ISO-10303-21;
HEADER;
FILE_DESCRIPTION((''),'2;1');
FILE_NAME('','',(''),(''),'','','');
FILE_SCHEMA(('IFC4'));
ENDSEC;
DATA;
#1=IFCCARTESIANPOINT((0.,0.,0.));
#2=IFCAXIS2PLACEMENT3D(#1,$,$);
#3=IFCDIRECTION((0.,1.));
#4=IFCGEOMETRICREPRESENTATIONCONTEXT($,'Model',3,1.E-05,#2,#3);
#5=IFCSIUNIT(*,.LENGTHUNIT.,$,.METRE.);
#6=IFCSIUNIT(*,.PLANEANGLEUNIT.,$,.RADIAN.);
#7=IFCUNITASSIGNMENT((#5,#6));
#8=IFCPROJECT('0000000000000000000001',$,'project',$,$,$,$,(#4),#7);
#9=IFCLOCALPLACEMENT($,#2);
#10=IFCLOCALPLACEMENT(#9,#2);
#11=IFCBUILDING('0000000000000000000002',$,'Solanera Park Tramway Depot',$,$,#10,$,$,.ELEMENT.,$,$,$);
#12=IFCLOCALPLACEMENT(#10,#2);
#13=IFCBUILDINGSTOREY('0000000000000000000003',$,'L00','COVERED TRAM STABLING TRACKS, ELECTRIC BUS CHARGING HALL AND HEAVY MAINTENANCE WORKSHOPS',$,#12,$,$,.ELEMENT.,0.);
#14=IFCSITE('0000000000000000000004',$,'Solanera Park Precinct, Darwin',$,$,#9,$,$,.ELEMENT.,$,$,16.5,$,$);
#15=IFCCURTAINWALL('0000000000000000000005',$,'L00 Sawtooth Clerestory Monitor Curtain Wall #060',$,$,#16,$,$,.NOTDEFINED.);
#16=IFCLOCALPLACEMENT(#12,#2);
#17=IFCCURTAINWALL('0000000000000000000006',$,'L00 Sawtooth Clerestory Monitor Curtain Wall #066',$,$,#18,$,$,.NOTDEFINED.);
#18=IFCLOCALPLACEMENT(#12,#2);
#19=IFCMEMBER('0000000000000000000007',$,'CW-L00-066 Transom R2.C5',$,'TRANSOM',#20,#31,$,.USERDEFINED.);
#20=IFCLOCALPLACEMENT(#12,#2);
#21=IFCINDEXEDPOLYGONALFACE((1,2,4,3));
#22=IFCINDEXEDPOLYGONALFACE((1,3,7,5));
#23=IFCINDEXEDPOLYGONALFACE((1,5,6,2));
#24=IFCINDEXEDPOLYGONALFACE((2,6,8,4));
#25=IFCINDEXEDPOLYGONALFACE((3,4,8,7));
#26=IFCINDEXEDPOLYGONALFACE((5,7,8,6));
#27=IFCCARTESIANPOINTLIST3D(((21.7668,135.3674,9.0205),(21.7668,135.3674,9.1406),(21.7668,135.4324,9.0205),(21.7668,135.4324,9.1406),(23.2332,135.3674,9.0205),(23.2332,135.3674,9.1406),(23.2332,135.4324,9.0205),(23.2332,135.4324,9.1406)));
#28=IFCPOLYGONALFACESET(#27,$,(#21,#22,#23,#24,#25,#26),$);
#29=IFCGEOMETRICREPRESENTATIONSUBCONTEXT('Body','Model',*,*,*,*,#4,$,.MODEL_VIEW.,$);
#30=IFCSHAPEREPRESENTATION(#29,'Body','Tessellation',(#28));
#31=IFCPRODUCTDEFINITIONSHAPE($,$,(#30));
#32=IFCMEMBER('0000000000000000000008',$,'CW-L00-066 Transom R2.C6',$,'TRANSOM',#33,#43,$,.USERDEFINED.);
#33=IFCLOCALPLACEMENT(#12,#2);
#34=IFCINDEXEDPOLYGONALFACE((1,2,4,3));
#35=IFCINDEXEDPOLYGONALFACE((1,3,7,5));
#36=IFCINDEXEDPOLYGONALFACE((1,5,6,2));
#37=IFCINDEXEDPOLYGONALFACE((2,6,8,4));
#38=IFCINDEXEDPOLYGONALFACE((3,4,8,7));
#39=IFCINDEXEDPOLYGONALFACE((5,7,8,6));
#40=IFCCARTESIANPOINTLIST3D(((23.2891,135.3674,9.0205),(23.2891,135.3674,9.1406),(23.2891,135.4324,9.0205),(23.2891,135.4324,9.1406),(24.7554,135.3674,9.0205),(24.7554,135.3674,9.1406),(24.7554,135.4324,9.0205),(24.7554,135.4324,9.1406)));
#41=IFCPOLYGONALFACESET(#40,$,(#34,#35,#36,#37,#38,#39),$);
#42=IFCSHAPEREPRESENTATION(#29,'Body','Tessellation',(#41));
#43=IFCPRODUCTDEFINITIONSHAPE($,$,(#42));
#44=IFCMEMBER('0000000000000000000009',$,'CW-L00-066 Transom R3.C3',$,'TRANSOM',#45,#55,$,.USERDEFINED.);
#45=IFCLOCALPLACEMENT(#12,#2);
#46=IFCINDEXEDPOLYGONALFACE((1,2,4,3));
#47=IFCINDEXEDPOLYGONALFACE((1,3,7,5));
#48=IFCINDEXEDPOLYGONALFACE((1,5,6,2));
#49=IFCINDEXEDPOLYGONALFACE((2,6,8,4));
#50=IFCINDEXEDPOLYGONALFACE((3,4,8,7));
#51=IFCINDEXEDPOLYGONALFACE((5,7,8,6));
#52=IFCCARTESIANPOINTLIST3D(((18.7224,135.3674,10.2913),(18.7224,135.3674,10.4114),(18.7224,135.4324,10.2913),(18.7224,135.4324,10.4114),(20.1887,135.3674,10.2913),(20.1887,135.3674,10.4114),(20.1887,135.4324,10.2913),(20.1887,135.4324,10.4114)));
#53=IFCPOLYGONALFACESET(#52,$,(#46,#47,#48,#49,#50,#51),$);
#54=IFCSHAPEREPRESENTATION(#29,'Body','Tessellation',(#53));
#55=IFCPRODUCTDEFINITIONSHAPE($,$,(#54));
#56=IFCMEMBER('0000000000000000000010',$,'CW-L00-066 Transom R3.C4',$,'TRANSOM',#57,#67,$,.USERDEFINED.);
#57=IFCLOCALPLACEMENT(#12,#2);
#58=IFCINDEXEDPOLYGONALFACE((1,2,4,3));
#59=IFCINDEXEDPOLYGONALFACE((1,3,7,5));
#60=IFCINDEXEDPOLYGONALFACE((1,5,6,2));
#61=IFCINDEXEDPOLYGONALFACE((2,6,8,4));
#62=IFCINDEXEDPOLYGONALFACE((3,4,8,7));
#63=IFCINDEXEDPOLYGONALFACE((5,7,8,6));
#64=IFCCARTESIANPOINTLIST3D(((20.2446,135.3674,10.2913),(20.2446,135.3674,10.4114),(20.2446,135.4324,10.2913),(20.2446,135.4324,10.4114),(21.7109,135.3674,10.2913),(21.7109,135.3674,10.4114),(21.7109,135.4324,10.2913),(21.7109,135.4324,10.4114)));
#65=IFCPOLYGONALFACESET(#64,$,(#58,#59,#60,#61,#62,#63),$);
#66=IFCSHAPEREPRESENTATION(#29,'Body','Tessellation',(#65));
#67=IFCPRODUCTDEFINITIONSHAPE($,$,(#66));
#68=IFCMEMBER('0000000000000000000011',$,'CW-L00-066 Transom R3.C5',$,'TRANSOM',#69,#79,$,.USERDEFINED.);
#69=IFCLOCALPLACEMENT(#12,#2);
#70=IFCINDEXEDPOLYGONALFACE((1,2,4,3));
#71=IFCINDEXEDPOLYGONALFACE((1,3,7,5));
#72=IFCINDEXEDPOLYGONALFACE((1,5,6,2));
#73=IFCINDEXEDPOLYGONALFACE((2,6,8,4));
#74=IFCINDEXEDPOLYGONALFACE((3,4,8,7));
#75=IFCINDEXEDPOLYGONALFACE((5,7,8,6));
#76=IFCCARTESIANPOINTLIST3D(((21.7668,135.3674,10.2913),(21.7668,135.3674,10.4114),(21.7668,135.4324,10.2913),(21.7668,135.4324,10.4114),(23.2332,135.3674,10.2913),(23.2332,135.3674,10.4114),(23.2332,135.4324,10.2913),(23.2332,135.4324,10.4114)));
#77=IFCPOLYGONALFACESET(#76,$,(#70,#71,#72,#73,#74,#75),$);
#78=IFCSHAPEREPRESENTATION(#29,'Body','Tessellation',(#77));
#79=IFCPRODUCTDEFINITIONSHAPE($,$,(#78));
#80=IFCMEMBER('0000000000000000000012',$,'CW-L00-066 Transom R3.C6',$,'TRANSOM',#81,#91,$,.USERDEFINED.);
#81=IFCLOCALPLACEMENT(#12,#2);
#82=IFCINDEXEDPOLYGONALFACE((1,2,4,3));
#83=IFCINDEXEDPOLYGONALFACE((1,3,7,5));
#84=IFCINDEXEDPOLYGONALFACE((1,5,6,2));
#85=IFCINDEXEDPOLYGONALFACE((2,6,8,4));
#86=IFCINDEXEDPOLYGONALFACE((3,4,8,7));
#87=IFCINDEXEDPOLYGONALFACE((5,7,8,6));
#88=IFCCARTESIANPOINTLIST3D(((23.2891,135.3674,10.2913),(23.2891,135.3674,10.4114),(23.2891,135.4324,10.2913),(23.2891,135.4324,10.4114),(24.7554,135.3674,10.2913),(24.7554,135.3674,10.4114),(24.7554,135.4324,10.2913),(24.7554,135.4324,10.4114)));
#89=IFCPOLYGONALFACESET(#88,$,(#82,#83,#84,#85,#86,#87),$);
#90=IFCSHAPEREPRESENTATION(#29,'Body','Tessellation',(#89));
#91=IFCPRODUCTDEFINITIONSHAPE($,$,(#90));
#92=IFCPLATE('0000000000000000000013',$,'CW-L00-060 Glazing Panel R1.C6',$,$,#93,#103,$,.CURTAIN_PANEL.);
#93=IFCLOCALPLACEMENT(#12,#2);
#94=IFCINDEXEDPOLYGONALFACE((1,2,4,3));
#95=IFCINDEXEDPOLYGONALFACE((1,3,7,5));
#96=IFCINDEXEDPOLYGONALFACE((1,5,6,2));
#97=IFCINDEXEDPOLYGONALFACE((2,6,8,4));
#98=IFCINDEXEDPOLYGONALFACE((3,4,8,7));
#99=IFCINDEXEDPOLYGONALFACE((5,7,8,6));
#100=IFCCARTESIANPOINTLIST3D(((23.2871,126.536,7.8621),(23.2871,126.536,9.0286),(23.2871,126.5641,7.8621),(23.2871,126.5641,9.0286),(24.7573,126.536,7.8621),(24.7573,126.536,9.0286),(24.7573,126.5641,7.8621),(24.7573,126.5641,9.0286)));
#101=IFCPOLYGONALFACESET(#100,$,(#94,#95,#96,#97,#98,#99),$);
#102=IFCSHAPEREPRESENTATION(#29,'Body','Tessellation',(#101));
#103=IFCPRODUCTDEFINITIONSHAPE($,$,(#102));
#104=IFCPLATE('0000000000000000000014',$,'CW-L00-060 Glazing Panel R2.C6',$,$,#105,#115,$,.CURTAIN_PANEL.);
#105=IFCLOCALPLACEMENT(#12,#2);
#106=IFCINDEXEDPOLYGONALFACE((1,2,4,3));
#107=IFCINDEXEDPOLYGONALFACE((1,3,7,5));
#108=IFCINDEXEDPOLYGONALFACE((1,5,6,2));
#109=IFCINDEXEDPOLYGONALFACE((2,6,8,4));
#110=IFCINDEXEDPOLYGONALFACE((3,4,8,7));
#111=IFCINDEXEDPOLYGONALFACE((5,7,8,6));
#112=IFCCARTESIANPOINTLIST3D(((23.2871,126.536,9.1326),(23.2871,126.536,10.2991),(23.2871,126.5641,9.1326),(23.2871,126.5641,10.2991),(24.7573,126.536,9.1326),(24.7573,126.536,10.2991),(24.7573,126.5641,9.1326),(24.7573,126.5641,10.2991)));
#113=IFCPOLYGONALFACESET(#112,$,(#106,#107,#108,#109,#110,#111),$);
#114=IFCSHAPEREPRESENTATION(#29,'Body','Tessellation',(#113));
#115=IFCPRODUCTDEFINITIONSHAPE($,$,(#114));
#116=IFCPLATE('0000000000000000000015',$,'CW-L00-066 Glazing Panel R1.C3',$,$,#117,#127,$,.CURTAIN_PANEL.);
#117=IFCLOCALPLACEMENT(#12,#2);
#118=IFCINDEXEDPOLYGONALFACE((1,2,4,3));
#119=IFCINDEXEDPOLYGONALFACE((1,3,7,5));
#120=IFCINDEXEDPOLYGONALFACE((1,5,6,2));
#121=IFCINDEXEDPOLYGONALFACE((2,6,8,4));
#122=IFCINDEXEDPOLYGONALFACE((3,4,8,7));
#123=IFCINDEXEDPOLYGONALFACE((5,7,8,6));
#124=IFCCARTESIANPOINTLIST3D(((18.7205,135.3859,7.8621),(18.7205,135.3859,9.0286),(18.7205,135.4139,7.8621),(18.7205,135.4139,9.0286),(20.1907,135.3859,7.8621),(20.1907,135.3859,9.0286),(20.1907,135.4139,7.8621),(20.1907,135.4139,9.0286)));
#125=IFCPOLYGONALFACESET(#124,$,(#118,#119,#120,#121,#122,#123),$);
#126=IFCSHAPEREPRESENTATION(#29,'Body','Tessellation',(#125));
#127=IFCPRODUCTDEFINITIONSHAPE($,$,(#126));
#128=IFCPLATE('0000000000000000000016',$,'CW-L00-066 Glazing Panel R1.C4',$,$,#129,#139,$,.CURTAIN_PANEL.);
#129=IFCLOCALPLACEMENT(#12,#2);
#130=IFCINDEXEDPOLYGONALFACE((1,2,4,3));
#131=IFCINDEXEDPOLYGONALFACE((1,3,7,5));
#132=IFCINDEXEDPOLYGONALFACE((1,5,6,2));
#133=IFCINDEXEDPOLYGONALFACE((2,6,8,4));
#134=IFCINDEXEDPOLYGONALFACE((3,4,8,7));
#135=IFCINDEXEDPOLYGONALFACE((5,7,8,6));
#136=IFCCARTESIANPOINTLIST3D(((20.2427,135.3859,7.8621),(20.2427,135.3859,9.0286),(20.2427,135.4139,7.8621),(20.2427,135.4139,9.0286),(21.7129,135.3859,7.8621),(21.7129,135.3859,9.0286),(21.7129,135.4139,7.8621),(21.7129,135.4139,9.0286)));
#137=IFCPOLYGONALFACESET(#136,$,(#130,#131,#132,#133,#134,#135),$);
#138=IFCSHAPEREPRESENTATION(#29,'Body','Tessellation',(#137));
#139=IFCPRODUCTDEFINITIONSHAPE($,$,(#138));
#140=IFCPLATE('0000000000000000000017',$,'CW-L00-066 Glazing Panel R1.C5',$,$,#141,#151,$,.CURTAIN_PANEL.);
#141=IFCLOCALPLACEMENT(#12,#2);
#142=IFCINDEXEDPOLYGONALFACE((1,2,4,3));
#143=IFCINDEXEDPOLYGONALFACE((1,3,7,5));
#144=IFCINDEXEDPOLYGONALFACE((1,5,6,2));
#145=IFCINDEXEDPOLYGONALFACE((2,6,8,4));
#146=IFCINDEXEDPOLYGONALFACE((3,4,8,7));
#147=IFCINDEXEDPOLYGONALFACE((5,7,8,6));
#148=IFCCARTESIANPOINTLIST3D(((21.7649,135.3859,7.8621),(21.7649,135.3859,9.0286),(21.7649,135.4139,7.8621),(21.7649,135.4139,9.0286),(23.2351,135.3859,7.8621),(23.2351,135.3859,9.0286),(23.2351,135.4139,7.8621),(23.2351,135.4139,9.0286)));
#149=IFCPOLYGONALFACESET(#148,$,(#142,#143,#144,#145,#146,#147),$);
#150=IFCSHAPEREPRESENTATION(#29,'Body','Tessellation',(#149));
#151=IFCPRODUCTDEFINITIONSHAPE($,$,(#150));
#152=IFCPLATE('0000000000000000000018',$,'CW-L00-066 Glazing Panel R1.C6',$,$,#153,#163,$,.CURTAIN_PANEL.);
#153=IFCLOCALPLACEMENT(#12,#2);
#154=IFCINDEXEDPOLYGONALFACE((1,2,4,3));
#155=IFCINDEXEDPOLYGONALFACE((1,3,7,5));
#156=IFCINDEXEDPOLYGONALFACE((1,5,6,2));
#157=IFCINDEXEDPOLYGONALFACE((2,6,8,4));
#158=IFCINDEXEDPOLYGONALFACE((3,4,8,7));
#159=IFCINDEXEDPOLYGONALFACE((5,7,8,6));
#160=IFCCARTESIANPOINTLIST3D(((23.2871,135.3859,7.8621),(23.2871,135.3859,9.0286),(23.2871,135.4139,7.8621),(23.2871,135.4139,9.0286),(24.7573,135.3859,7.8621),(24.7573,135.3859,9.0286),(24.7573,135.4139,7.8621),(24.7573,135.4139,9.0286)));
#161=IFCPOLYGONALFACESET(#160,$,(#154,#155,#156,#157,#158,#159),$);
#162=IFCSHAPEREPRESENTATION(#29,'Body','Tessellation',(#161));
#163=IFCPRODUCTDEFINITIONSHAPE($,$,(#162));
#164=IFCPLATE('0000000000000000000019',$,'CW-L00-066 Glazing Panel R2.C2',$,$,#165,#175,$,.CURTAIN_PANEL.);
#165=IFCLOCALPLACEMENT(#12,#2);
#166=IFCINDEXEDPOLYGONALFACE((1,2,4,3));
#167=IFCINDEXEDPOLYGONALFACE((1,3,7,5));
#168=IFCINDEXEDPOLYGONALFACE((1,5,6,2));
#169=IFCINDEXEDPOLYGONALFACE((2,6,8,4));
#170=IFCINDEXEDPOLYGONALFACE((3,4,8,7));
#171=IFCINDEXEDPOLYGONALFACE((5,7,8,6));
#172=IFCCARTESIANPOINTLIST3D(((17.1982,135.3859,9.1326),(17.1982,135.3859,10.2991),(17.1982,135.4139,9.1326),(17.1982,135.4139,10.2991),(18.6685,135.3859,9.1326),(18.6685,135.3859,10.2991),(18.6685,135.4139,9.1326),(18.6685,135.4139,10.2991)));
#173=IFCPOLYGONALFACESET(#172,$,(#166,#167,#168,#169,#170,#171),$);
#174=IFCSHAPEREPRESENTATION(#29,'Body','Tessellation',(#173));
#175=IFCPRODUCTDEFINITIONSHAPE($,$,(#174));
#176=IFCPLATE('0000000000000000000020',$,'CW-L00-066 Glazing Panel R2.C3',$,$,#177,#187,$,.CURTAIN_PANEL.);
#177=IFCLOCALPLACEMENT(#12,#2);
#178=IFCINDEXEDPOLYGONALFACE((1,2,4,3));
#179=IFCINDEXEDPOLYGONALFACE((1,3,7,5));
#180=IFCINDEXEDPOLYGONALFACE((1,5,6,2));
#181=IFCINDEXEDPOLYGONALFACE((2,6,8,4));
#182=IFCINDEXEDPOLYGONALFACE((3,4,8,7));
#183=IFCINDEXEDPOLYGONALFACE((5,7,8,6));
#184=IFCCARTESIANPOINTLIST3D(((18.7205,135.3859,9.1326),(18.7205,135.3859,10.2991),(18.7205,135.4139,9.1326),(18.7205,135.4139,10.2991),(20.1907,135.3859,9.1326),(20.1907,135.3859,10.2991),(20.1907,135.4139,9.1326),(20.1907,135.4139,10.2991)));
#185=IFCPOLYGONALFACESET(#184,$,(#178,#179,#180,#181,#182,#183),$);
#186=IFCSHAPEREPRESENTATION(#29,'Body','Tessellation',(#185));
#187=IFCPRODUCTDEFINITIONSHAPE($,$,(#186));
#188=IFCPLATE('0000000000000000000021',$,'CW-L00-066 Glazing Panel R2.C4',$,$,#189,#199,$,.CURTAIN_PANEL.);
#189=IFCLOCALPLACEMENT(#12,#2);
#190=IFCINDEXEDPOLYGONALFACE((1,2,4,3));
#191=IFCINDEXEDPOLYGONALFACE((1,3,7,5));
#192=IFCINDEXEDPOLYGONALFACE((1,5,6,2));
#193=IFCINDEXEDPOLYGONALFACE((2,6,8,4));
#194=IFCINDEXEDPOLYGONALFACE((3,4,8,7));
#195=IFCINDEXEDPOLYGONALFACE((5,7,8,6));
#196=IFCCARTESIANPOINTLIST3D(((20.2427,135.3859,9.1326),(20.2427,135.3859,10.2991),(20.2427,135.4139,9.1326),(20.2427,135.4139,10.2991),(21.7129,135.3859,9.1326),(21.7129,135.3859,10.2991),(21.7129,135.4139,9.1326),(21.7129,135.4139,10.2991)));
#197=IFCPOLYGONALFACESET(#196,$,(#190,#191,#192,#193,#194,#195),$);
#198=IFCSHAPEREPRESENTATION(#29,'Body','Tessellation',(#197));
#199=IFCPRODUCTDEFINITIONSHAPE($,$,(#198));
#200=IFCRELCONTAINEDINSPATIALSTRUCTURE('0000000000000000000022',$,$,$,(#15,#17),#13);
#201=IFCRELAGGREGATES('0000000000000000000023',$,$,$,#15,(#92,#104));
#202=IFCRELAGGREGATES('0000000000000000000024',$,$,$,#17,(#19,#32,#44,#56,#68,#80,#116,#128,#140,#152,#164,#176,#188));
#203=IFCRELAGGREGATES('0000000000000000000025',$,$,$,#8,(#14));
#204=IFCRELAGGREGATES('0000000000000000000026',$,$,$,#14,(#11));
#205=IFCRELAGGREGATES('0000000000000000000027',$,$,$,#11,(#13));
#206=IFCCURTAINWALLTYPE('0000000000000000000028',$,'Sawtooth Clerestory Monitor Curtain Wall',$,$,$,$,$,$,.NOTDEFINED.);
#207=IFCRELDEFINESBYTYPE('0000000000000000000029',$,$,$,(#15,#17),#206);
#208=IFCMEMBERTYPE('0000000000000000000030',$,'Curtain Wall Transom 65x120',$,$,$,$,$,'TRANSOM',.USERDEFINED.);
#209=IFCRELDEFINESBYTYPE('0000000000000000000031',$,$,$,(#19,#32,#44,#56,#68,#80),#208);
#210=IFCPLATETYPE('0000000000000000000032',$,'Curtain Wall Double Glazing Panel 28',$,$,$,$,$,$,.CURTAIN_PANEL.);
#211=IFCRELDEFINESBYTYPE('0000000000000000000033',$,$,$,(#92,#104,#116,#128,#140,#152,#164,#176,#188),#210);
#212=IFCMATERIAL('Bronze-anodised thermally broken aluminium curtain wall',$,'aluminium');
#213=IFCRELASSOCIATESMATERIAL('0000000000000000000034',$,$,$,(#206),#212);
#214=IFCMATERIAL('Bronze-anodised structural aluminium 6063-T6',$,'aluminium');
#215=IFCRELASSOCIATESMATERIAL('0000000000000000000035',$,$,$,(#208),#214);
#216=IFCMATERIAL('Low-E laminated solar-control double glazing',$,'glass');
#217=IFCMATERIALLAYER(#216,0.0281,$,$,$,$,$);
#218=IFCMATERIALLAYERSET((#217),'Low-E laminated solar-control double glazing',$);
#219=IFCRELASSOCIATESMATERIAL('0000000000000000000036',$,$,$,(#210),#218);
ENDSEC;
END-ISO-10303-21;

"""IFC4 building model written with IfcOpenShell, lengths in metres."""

from ifc_helpers import new_model, si_unit, direction, frame, origin, origin_2d, place, context, subcontext, project, spatial, rectangle, extrude, material, layer, layer_set, material_profile, profile_set, type_object, element, aggregate, save


model = new_model("IFC4")

# Units and contexts
model_context = context("Model", 3, precision=1e-05, world=origin(), true_north=direction((0.0, 1.0)))
body_context = subcontext(model_context, "Body", "Model", "MODEL_VIEW")
ifc_project = project(units=[si_unit("LENGTHUNIT", "METRE"), si_unit("PLANEANGLEUNIT", "RADIAN")], contexts=[model_context])

# Site, building, storey
site_placement = place(None, origin())
site = spatial("IfcSite", under=ifc_project, at=site_placement, Name="Solanera Park Precinct, Darwin", CompositionType="ELEMENT", RefElevation=16.5)
building_placement = place(site_placement, origin())
building = spatial("IfcBuilding", under=site, at=building_placement, Name="Solanera Park Tramway Depot", CompositionType="ELEMENT")
storey_placement = place(building_placement, origin())
storey = spatial("IfcBuildingStorey", under=building, at=storey_placement, Name="L00", Description="COVERED TRAM STABLING TRACKS, ELECTRIC BUS CHARGING HALL AND HEAVY MAINTENANCE WORKSHOPS", CompositionType="ELEMENT", Elevation=0.0)

# Curtain wall
ifc_material_1 = material(Name="Bronze-anodised thermally broken aluminium curtain wall", Category="aluminium")
curtain_wall_type = type_object("IfcCurtainWallType", Name="Sawtooth Clerestory Monitor Curtain Wall", PredefinedType="NOTDEFINED", material=ifc_material_1)
curtain_wall_1_placement = place(storey_placement, origin())
curtain_wall_1 = element("IfcCurtainWall", 1, at=curtain_wall_1_placement, inside=storey, type_object=curtain_wall_type, Name="L00 Sawtooth Clerestory Monitor Curtain Wall #060", PredefinedType="NOTDEFINED")

# Curtain wall
curtain_wall_2_placement = place(storey_placement, origin())
curtain_wall_2 = element("IfcCurtainWall", 2, at=curtain_wall_2_placement, inside=storey, type_object=curtain_wall_type, Name="L00 Sawtooth Clerestory Monitor Curtain Wall #066", PredefinedType="NOTDEFINED")

# Members
ifc_material_2 = material(Name="Bronze-anodised structural aluminium 6063-T6", Category="aluminium")
ifc_material_profile_1 = material_profile(ifc_material_2, rectangle(XDim=0.0649, YDim=0.1201, at=origin_2d()), Name="Curtain Wall Transom 65x120")
ifc_profile_set_1 = profile_set([ifc_material_profile_1], Name="Bronze-anodised structural aluminium 6063-T6")
member_type_1 = type_object("IfcMemberType", Name="Curtain Wall Transom 65x120", ElementType="TRANSOM", PredefinedType="USERDEFINED", material=ifc_profile_set_1)
member_1_placement = place(storey_placement, frame((21.7668, 135.3999, 9.0806), z_axis=(1.0, 0.0, 0.0), x_axis=(0.0, 1.0, 0.0)))
member_1 = element("IfcMember", 3, at=member_1_placement, type_object=member_type_1, Name="CW-L00-066 Transom R2.C5", ObjectType="TRANSOM", PredefinedType="USERDEFINED", context=body_context, shape_type="SweptSolid", body=[
    extrude(rectangle(XDim=0.0649, YDim=0.1201, at=origin_2d()), origin(), (0.0, 0.0, 1.0), 1.4663),
])
member_2_placement = place(storey_placement, frame((23.2891, 135.3999, 9.0806), z_axis=(1.0, 0.0, 0.0), x_axis=(0.0, 1.0, 0.0)))
member_2 = element("IfcMember", 4, at=member_2_placement, type_object=member_type_1, Name="CW-L00-066 Transom R2.C6", ObjectType="TRANSOM", PredefinedType="USERDEFINED", context=body_context, shape_type="SweptSolid", body=[
    extrude(rectangle(XDim=0.0649, YDim=0.1201, at=origin_2d()), origin(), (0.0, 0.0, 1.0), 1.4663),
])
member_3_placement = place(storey_placement, frame((18.7224, 135.3999, 10.3513), z_axis=(1.0, 0.0, 0.0), x_axis=(0.0, 1.0, 0.0)))
member_3 = element("IfcMember", 5, at=member_3_placement, type_object=member_type_1, Name="CW-L00-066 Transom R3.C3", ObjectType="TRANSOM", PredefinedType="USERDEFINED", context=body_context, shape_type="SweptSolid", body=[
    extrude(rectangle(XDim=0.0649, YDim=0.1201, at=origin_2d()), origin(), (0.0, 0.0, 1.0), 1.4663),
])
member_4_placement = place(storey_placement, frame((20.2446, 135.3999, 10.3513), z_axis=(1.0, 0.0, 0.0), x_axis=(0.0, 1.0, 0.0)))
member_4 = element("IfcMember", 6, at=member_4_placement, type_object=member_type_1, Name="CW-L00-066 Transom R3.C4", ObjectType="TRANSOM", PredefinedType="USERDEFINED", context=body_context, shape_type="SweptSolid", body=[
    extrude(rectangle(XDim=0.0649, YDim=0.1201, at=origin_2d()), origin(), (0.0, 0.0, 1.0), 1.4663),
])
member_5_placement = place(storey_placement, frame((21.7668, 135.3999, 10.3513), z_axis=(1.0, 0.0, 0.0), x_axis=(0.0, 1.0, 0.0)))
member_5 = element("IfcMember", 7, at=member_5_placement, type_object=member_type_1, Name="CW-L00-066 Transom R3.C5", ObjectType="TRANSOM", PredefinedType="USERDEFINED", context=body_context, shape_type="SweptSolid", body=[
    extrude(rectangle(XDim=0.0649, YDim=0.1201, at=origin_2d()), origin(), (0.0, 0.0, 1.0), 1.4663),
])
member_6_placement = place(storey_placement, frame((23.2891, 135.3999, 10.3513), z_axis=(1.0, 0.0, 0.0), x_axis=(0.0, 1.0, 0.0)))
member_6 = element("IfcMember", 8, at=member_6_placement, type_object=member_type_1, Name="CW-L00-066 Transom R3.C6", ObjectType="TRANSOM", PredefinedType="USERDEFINED", context=body_context, shape_type="SweptSolid", body=[
    extrude(rectangle(XDim=0.0649, YDim=0.1201, at=origin_2d()), origin(), (0.0, 0.0, 1.0), 1.4663),
])

# Plates
ifc_material_3 = material(Name="Low-E laminated solar-control double glazing", Category="glass")
ifc_layer = layer(ifc_material_3, 0.0281)
ifc_layer_set = layer_set([ifc_layer], Name="Low-E laminated solar-control double glazing")
plate_type = type_object("IfcPlateType", Name="Curtain Wall Double Glazing Panel 28", PredefinedType="CURTAIN_PANEL", material=ifc_layer_set)
plate_1_placement = place(storey_placement, frame((24.0222, 126.55, 7.8621), z_axis=(0.0, 0.0, 1.0), x_axis=(1.0, 0.0, 0.0)))
plate_1 = element("IfcPlate", 9, at=plate_1_placement, type_object=plate_type, Name="CW-L00-060 Glazing Panel R1.C6", PredefinedType="CURTAIN_PANEL", context=body_context, shape_type="SweptSolid", body=[
    extrude(rectangle(XDim=1.4702, YDim=0.0281, at=origin_2d()), origin(), (0.0, 0.0, 1.0), 1.1665),
])
plate_2_placement = place(storey_placement, frame((24.0222, 126.55, 9.1326), z_axis=(0.0, 0.0, 1.0), x_axis=(1.0, 0.0, 0.0)))
plate_2 = element("IfcPlate", 10, at=plate_2_placement, type_object=plate_type, Name="CW-L00-060 Glazing Panel R2.C6", PredefinedType="CURTAIN_PANEL", context=body_context, shape_type="SweptSolid", body=[
    extrude(rectangle(XDim=1.4702, YDim=0.0281, at=origin_2d()), origin(), (0.0, 0.0, 1.0), 1.1665),
])
aggregate(curtain_wall_1, [plate_1, plate_2])
plate_3_placement = place(storey_placement, frame((19.4556, 135.3999, 7.8621), z_axis=(0.0, 0.0, 1.0), x_axis=(1.0, 0.0, 0.0)))
plate_3 = element("IfcPlate", 11, at=plate_3_placement, type_object=plate_type, Name="CW-L00-066 Glazing Panel R1.C3", PredefinedType="CURTAIN_PANEL", context=body_context, shape_type="SweptSolid", body=[
    extrude(rectangle(XDim=1.4702, YDim=0.0281, at=origin_2d()), origin(), (0.0, 0.0, 1.0), 1.1665),
])
plate_4_placement = place(storey_placement, frame((20.9778, 135.3999, 7.8621), z_axis=(0.0, 0.0, 1.0), x_axis=(1.0, 0.0, 0.0)))
plate_4 = element("IfcPlate", 12, at=plate_4_placement, type_object=plate_type, Name="CW-L00-066 Glazing Panel R1.C4", PredefinedType="CURTAIN_PANEL", context=body_context, shape_type="SweptSolid", body=[
    extrude(rectangle(XDim=1.4702, YDim=0.0281, at=origin_2d()), origin(), (0.0, 0.0, 1.0), 1.1665),
])
plate_5_placement = place(storey_placement, frame((22.5, 135.3999, 7.8621), z_axis=(0.0, 0.0, 1.0), x_axis=(1.0, 0.0, 0.0)))
plate_5 = element("IfcPlate", 13, at=plate_5_placement, type_object=plate_type, Name="CW-L00-066 Glazing Panel R1.C5", PredefinedType="CURTAIN_PANEL", context=body_context, shape_type="SweptSolid", body=[
    extrude(rectangle(XDim=1.4702, YDim=0.0281, at=origin_2d()), origin(), (0.0, 0.0, 1.0), 1.1665),
])
plate_6_placement = place(storey_placement, frame((24.0222, 135.3999, 7.8621), z_axis=(0.0, 0.0, 1.0), x_axis=(1.0, 0.0, 0.0)))
plate_6 = element("IfcPlate", 14, at=plate_6_placement, type_object=plate_type, Name="CW-L00-066 Glazing Panel R1.C6", PredefinedType="CURTAIN_PANEL", context=body_context, shape_type="SweptSolid", body=[
    extrude(rectangle(XDim=1.4702, YDim=0.0281, at=origin_2d()), origin(), (0.0, 0.0, 1.0), 1.1665),
])
plate_7_placement = place(storey_placement, frame((17.9333, 135.3999, 9.1326), z_axis=(0.0, 0.0, 1.0), x_axis=(1.0, 0.0, 0.0)))
plate_7 = element("IfcPlate", 15, at=plate_7_placement, type_object=plate_type, Name="CW-L00-066 Glazing Panel R2.C2", PredefinedType="CURTAIN_PANEL", context=body_context, shape_type="SweptSolid", body=[
    extrude(rectangle(XDim=1.4702, YDim=0.0281, at=origin_2d()), origin(), (0.0, 0.0, 1.0), 1.1665),
])
plate_8_placement = place(storey_placement, frame((19.4556, 135.3999, 9.1326), z_axis=(0.0, 0.0, 1.0), x_axis=(1.0, 0.0, 0.0)))
plate_8 = element("IfcPlate", 16, at=plate_8_placement, type_object=plate_type, Name="CW-L00-066 Glazing Panel R2.C3", PredefinedType="CURTAIN_PANEL", context=body_context, shape_type="SweptSolid", body=[
    extrude(rectangle(XDim=1.4702, YDim=0.0281, at=origin_2d()), origin(), (0.0, 0.0, 1.0), 1.1665),
])
plate_9_placement = place(storey_placement, frame((20.9778, 135.3999, 9.1326), z_axis=(0.0, 0.0, 1.0), x_axis=(1.0, 0.0, 0.0)))
plate_9 = element("IfcPlate", 17, at=plate_9_placement, type_object=plate_type, Name="CW-L00-066 Glazing Panel R2.C4", PredefinedType="CURTAIN_PANEL", context=body_context, shape_type="SweptSolid", body=[
    extrude(rectangle(XDim=1.4702, YDim=0.0281, at=origin_2d()), origin(), (0.0, 0.0, 1.0), 1.1665),
])
aggregate(curtain_wall_2, [member_1, member_2, member_3, member_4, member_5, member_6, plate_3, plate_4, plate_5, plate_6, plate_7, plate_8, plate_9])

save(model, "model.ifc")
